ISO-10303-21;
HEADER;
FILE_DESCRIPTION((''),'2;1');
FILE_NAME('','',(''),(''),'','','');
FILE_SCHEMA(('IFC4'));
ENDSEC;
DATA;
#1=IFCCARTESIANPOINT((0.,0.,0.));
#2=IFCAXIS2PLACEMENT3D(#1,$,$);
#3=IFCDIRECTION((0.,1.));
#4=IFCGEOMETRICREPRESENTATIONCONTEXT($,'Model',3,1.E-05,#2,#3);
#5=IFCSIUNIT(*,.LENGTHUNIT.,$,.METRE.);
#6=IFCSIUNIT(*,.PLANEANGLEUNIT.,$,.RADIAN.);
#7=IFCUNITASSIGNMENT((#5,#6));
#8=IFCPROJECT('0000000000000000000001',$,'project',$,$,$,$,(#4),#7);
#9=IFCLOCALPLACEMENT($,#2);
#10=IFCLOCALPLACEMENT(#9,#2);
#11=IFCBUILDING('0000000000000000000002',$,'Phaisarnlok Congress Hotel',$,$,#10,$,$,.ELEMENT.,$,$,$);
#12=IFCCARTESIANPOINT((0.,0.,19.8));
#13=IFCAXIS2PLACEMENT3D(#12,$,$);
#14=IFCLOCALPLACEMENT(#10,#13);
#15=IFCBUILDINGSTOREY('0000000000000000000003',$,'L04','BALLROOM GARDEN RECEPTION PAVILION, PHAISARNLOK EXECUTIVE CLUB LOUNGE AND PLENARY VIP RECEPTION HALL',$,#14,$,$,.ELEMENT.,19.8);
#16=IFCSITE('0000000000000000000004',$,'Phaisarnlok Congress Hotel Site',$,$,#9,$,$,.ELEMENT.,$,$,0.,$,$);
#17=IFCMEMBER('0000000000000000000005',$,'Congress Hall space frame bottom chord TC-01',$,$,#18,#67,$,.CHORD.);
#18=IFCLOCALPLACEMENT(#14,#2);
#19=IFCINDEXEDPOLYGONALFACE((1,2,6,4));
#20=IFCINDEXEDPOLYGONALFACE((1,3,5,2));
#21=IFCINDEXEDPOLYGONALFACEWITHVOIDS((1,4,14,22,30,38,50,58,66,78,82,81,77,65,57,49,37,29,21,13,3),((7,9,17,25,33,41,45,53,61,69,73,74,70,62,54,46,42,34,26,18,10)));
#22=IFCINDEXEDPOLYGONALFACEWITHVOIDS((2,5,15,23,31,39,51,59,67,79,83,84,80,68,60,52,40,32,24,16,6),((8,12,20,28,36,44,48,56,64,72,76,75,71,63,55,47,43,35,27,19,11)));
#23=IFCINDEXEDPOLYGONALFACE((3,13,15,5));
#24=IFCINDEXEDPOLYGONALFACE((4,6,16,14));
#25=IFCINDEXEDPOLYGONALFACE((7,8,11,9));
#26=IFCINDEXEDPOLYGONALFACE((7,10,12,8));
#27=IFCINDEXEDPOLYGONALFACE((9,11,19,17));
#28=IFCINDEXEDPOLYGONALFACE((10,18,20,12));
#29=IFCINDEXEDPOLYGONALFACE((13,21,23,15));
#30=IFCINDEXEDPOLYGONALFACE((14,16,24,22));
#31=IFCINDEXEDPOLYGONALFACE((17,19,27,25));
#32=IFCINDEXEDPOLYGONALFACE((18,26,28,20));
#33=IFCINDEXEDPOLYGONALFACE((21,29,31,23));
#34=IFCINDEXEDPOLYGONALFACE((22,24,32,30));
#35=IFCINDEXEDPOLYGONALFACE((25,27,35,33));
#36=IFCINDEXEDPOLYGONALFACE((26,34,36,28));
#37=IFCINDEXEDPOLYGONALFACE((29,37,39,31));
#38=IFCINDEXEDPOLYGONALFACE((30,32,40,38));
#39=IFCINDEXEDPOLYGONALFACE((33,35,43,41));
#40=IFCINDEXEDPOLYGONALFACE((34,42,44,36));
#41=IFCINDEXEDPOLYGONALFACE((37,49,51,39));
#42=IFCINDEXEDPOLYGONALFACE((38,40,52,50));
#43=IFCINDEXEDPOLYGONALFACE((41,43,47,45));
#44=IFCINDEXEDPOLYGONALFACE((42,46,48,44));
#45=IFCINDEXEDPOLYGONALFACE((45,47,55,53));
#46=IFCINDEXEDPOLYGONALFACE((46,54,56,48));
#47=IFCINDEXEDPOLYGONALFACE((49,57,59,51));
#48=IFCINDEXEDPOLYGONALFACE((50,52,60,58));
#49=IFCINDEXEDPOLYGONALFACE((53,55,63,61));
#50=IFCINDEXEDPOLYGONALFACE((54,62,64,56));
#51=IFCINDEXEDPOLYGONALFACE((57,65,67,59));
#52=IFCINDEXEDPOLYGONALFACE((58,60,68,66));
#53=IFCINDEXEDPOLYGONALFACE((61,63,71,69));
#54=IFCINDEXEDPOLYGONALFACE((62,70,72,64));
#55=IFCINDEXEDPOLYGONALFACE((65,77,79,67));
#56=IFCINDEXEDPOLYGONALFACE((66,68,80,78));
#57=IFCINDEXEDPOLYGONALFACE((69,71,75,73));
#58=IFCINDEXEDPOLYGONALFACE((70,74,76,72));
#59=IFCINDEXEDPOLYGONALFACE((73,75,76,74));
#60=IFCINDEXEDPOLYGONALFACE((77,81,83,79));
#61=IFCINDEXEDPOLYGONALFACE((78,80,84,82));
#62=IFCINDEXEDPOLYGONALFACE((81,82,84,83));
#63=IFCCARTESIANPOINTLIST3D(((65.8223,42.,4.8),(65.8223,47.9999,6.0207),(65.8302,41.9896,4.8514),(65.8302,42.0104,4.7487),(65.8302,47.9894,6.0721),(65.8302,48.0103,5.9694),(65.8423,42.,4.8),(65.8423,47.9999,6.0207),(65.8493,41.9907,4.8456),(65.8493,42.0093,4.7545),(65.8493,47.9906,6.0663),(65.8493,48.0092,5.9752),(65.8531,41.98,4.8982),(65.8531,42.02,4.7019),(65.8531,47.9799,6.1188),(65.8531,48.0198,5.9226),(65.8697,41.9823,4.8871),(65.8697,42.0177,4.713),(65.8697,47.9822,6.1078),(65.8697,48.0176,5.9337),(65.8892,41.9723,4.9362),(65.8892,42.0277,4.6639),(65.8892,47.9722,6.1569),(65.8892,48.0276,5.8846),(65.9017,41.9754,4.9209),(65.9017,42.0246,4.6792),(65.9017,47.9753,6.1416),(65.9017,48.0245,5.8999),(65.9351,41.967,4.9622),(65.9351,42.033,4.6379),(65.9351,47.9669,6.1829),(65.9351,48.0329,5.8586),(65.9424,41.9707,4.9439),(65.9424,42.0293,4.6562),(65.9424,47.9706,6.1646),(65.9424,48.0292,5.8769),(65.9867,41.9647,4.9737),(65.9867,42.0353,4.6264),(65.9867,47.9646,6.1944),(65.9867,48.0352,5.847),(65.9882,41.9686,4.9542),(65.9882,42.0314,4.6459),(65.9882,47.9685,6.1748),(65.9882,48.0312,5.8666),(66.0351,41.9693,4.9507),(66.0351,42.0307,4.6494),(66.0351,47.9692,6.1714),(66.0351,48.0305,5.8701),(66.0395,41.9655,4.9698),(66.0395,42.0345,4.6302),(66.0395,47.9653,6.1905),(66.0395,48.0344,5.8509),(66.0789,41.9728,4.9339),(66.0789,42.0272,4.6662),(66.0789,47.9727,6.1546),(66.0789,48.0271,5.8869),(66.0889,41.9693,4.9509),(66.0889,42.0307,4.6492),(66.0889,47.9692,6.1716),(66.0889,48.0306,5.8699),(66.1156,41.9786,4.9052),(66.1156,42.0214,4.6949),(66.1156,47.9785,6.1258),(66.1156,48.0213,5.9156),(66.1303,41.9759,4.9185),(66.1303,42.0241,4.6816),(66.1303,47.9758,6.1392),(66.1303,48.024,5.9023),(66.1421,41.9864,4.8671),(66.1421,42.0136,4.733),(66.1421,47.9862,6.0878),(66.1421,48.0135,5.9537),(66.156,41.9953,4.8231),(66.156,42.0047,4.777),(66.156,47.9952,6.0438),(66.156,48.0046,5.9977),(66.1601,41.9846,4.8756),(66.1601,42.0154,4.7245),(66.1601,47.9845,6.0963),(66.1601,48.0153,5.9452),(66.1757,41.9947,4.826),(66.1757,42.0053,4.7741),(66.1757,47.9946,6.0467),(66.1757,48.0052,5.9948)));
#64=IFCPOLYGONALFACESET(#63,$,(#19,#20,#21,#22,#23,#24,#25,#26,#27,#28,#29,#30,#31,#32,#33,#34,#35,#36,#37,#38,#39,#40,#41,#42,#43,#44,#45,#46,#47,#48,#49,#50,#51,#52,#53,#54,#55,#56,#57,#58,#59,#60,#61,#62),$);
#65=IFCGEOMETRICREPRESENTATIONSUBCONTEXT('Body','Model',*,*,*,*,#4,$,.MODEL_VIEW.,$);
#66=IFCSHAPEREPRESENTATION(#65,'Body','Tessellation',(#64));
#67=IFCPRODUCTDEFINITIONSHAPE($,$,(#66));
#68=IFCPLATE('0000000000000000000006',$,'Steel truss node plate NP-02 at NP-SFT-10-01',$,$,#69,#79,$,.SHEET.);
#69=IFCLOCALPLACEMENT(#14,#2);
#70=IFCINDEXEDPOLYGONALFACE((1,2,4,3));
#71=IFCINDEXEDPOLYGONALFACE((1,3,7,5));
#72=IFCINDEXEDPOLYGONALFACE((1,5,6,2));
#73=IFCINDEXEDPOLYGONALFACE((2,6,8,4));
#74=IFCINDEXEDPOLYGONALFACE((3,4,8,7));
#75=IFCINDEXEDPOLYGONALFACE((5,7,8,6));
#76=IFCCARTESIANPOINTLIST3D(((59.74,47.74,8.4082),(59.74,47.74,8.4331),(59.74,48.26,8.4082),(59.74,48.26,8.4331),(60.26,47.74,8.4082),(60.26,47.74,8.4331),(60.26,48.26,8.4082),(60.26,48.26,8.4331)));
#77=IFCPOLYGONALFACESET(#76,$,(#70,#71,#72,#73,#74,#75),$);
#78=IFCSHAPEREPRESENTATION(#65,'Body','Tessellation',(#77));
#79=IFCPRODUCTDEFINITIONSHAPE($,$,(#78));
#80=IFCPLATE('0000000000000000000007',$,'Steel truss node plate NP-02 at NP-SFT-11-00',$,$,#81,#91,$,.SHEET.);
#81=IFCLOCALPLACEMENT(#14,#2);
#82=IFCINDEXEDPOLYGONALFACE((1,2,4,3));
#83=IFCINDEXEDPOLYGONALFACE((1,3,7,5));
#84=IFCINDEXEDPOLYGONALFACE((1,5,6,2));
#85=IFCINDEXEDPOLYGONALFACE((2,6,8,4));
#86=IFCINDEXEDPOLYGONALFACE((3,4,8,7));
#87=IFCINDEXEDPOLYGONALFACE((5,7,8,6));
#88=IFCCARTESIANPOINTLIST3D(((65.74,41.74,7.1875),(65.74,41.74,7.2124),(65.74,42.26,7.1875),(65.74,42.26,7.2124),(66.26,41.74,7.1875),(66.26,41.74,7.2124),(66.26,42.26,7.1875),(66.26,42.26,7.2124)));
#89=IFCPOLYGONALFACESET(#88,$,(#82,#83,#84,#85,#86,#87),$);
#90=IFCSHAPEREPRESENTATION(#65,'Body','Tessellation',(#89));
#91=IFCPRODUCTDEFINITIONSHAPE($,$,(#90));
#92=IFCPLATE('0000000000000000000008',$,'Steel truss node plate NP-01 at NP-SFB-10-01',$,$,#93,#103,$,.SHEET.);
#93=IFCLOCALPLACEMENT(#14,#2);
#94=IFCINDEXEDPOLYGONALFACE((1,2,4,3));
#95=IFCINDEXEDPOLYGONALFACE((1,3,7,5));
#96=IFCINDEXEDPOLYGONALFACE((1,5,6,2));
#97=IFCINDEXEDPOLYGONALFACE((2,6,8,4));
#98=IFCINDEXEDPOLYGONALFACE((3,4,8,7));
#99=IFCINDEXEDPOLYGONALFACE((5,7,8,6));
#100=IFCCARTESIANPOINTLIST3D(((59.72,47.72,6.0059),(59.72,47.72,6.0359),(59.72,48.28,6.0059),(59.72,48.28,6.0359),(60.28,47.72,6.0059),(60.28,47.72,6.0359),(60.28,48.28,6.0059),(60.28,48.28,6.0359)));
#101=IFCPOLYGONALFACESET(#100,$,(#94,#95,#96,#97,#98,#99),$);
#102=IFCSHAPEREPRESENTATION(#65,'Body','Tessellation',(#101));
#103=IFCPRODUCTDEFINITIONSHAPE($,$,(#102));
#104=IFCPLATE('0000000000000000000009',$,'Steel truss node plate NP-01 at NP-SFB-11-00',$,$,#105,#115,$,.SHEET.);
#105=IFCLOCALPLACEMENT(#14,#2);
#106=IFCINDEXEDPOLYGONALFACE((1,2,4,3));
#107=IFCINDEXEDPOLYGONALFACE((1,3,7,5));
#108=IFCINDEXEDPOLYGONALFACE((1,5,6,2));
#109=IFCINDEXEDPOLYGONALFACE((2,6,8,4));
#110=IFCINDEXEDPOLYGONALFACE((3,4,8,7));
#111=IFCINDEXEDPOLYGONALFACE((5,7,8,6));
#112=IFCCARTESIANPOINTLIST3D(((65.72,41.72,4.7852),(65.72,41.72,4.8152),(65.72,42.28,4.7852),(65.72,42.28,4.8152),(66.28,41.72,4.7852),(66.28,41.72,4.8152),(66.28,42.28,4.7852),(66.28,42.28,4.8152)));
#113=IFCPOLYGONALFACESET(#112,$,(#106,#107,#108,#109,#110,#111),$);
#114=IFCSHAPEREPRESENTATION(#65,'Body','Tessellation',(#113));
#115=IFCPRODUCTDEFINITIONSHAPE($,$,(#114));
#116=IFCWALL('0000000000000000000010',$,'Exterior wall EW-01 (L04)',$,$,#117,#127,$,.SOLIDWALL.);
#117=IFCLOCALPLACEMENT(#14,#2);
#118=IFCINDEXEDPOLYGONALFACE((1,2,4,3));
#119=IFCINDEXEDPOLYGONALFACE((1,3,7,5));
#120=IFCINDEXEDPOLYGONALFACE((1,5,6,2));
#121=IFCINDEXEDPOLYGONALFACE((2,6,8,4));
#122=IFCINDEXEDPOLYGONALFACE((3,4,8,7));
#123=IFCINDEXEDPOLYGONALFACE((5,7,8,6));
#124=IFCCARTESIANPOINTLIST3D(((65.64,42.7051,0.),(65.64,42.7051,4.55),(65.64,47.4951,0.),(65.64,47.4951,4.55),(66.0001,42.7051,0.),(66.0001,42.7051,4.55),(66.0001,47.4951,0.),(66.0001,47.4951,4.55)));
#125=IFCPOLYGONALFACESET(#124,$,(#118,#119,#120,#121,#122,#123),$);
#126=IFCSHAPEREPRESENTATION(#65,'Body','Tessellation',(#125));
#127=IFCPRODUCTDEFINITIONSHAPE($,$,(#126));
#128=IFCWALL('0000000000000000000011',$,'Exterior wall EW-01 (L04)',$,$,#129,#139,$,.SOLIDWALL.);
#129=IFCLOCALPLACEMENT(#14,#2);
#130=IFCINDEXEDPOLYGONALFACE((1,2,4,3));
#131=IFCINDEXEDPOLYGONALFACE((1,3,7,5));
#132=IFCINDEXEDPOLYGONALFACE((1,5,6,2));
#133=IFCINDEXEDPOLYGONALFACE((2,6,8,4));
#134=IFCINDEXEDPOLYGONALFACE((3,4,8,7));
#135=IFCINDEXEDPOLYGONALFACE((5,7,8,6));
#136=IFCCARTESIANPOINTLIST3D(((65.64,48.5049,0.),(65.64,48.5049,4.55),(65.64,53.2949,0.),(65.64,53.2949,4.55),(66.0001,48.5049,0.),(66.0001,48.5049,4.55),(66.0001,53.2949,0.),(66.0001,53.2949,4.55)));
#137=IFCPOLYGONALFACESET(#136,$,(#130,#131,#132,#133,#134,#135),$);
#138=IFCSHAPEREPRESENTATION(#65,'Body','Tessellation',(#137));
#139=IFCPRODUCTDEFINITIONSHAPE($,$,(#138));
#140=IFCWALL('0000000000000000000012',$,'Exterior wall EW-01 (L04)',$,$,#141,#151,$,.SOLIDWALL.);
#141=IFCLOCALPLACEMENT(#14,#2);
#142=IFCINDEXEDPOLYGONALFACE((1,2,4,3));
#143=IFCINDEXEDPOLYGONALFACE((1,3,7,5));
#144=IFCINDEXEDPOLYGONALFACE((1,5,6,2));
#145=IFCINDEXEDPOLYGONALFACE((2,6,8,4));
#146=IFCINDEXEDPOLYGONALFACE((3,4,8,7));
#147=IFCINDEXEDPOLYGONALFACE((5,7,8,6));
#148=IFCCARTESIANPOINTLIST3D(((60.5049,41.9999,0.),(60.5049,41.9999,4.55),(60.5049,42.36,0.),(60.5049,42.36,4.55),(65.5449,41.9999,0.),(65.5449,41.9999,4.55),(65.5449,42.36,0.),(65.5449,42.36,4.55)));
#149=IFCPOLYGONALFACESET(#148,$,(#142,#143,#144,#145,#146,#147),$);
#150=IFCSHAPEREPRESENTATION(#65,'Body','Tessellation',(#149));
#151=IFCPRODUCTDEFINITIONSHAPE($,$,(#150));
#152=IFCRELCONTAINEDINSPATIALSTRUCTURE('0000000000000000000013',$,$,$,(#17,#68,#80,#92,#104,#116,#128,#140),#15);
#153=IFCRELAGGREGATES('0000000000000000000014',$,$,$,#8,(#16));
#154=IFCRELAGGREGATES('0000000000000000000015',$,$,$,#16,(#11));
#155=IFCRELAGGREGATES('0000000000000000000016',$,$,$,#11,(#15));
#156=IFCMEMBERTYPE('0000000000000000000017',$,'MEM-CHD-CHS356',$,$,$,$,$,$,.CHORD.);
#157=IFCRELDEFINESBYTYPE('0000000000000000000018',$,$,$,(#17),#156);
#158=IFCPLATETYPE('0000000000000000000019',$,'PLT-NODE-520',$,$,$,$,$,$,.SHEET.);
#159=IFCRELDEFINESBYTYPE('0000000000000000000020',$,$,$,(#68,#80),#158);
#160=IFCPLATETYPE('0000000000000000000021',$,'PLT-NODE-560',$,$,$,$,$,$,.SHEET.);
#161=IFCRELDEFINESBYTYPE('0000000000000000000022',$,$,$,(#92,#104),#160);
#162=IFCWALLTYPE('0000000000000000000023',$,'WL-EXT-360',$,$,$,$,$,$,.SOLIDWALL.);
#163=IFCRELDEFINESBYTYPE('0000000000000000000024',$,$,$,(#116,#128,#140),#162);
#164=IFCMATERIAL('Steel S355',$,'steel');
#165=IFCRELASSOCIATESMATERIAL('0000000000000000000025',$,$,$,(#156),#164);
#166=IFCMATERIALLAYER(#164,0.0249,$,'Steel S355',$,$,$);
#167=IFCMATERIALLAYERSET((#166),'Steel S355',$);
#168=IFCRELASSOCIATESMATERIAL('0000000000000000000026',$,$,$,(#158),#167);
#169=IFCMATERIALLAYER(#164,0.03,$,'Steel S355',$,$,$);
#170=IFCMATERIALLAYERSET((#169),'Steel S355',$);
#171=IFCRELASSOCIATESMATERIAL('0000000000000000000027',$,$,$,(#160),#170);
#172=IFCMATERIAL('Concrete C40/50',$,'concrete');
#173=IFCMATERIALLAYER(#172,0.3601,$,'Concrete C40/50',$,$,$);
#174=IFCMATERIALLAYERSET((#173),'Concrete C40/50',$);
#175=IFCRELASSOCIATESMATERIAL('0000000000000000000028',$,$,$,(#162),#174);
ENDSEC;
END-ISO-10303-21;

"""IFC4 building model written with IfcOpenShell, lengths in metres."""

from ifc_helpers import new_model, si_unit, direction, frame, frame_2d, origin, origin_2d, place, context, subcontext, project, spatial, rectangle, hollow_circle, extrude, material, layer, layer_set, material_profile, profile_set, type_object, element, save


model = new_model("IFC4")

# Units and contexts
model_context = context("Model", 3, precision=1e-05, world=origin(), true_north=direction((0.0, 1.0)))
body_context = subcontext(model_context, "Body", "Model", "MODEL_VIEW")
ifc_project = project(units=[si_unit("LENGTHUNIT", "METRE"), si_unit("PLANEANGLEUNIT", "RADIAN")], contexts=[model_context])

# Site, building, storey
site_placement = place(None, origin())
site = spatial("IfcSite", under=ifc_project, at=site_placement, Name="Phaisarnlok Congress Hotel Site", CompositionType="ELEMENT", RefElevation=0.0)
building_placement = place(site_placement, origin())
building = spatial("IfcBuilding", under=site, at=building_placement, Name="Phaisarnlok Congress Hotel", CompositionType="ELEMENT")
storey_placement = place(building_placement, frame((0.0, 0.0, 19.8)))
storey = spatial("IfcBuildingStorey", under=building, at=storey_placement, Name="L04", Description="BALLROOM GARDEN RECEPTION PAVILION, PHAISARNLOK EXECUTIVE CLUB LOUNGE AND PLENARY VIP RECEPTION HALL", CompositionType="ELEMENT", Elevation=19.8)

# Member
ifc_material_1 = material(Name="Steel S355", Category="steel")
ifc_material_profile_1 = material_profile(ifc_material_1, hollow_circle(Radius=0.1777, WallThickness=0.02, at=origin_2d()), Name="CHS 355.6x20")
ifc_profile_set_1 = profile_set([ifc_material_profile_1], Name="Steel S355")
member_type_1 = type_object("IfcMemberType", Name="MEM-CHD-CHS356", PredefinedType="CHORD", material=ifc_profile_set_1)
for number, where, z_axis, x_axis, name in (
    (1, (66.0, 42.0, 4.8), (0.0, 0.979925, 0.199366), (-1.0, 0.0, 0.0), "Congress Hall space frame bottom chord TC-01"),
):
    element("IfcMember", number, at=place(storey_placement, frame(where, z_axis=z_axis, x_axis=x_axis)), inside=storey, type_object=member_type_1, Name=name, PredefinedType="CHORD", context=body_context, shape_type="SweptSolid", body=[
        extrude(hollow_circle(Radius=0.1777, WallThickness=0.02, at=origin_2d()), origin(), (0.0, 0.0, 1.0), 6.1228),
    ])

# Plates
ifc_layer_1 = layer(ifc_material_1, 0.0249, Name="Steel S355")
ifc_layer_set_1 = layer_set([ifc_layer_1], Name="Steel S355")
plate_type_1 = type_object("IfcPlateType", Name="PLT-NODE-520", PredefinedType="SHEET", material=ifc_layer_set_1)
for number, where, z_axis, x_axis, name in (
    (2, (60.0, 48.0, 8.4082), (0.0, 0.0, 1.0), (1.0, 0.0, 0.0), "Steel truss node plate NP-02 at NP-SFT-10-01"),
    (3, (66.0, 42.0, 7.1875), (0.0, 0.0, 1.0), (1.0, 0.0, 0.0), "Steel truss node plate NP-02 at NP-SFT-11-00"),
):
    element("IfcPlate", number, at=place(storey_placement, frame(where, z_axis=z_axis, x_axis=x_axis)), inside=storey, type_object=plate_type_1, Name=name, PredefinedType="SHEET", context=body_context, shape_type="SweptSolid", body=[
        extrude(rectangle(XDim=0.52, YDim=0.52, at=origin_2d()), origin(), (0.0, 0.0, 1.0), 0.0249),
    ])
ifc_layer_2 = layer(ifc_material_1, 0.03, Name="Steel S355")
ifc_layer_set_2 = layer_set([ifc_layer_2], Name="Steel S355")
plate_type_2 = type_object("IfcPlateType", Name="PLT-NODE-560", PredefinedType="SHEET", material=ifc_layer_set_2)
for number, where, z_axis, x_axis, name in (
    (4, (60.0, 48.0, 6.0059), (0.0, 0.0, 1.0), (1.0, 0.0, 0.0), "Steel truss node plate NP-01 at NP-SFB-10-01"),
    (5, (66.0, 42.0, 4.7852), (0.0, 0.0, 1.0), (1.0, 0.0, 0.0), "Steel truss node plate NP-01 at NP-SFB-11-00"),
):
    element("IfcPlate", number, at=place(storey_placement, frame(where, z_axis=z_axis, x_axis=x_axis)), inside=storey, type_object=plate_type_2, Name=name, PredefinedType="SHEET", context=body_context, shape_type="SweptSolid", body=[
        extrude(rectangle(XDim=0.5601, YDim=0.5601, at=origin_2d()), origin(), (0.0, 0.0, 1.0), 0.03),
    ])

# Walls
ifc_material_2 = material(Name="Concrete C40/50", Category="concrete")
ifc_layer_3 = layer(ifc_material_2, 0.3601, Name="Concrete C40/50")
ifc_layer_set_3 = layer_set([ifc_layer_3], Name="Concrete C40/50")
wall_type = type_object("IfcWallType", Name="WL-EXT-360", PredefinedType="SOLIDWALL", material=ifc_layer_set_3)
for number, where, z_axis, x_axis, name in (
    (6, (65.8201, 42.7051, 0.0), (0.0, 0.0, 1.0), (0.0, 1.0, 0.0), "Exterior wall EW-01 (L04)"),
    (7, (65.8201, 48.5049, 0.0), (0.0, 0.0, 1.0), (0.0, 1.0, 0.0), "Exterior wall EW-01 (L04)"),
):
    element("IfcWall", number, at=place(storey_placement, frame(where, z_axis=z_axis, x_axis=x_axis)), inside=storey, type_object=wall_type, Name=name, PredefinedType="SOLIDWALL", context=body_context, shape_type="SweptSolid", body=[
        extrude(rectangle(XDim=4.79, YDim=0.3601, at=frame_2d((2.395, 0.0))), origin(), (0.0, 0.0, 1.0), 4.55),
    ])
wall_placement = place(storey_placement, frame((60.5049, 42.1799, 0.0), z_axis=(0.0, 0.0, 1.0), x_axis=(1.0, 0.0, 0.0)))
element("IfcWall", 8, at=wall_placement, inside=storey, type_object=wall_type, Name="Exterior wall EW-01 (L04)", PredefinedType="SOLIDWALL", context=body_context, shape_type="SweptSolid", body=[
    extrude(rectangle(XDim=5.04, YDim=0.3601, at=frame_2d((2.52, 0.0))), origin(), (0.0, 0.0, 1.0), 4.55),
])

save(model, "model.ifc")
